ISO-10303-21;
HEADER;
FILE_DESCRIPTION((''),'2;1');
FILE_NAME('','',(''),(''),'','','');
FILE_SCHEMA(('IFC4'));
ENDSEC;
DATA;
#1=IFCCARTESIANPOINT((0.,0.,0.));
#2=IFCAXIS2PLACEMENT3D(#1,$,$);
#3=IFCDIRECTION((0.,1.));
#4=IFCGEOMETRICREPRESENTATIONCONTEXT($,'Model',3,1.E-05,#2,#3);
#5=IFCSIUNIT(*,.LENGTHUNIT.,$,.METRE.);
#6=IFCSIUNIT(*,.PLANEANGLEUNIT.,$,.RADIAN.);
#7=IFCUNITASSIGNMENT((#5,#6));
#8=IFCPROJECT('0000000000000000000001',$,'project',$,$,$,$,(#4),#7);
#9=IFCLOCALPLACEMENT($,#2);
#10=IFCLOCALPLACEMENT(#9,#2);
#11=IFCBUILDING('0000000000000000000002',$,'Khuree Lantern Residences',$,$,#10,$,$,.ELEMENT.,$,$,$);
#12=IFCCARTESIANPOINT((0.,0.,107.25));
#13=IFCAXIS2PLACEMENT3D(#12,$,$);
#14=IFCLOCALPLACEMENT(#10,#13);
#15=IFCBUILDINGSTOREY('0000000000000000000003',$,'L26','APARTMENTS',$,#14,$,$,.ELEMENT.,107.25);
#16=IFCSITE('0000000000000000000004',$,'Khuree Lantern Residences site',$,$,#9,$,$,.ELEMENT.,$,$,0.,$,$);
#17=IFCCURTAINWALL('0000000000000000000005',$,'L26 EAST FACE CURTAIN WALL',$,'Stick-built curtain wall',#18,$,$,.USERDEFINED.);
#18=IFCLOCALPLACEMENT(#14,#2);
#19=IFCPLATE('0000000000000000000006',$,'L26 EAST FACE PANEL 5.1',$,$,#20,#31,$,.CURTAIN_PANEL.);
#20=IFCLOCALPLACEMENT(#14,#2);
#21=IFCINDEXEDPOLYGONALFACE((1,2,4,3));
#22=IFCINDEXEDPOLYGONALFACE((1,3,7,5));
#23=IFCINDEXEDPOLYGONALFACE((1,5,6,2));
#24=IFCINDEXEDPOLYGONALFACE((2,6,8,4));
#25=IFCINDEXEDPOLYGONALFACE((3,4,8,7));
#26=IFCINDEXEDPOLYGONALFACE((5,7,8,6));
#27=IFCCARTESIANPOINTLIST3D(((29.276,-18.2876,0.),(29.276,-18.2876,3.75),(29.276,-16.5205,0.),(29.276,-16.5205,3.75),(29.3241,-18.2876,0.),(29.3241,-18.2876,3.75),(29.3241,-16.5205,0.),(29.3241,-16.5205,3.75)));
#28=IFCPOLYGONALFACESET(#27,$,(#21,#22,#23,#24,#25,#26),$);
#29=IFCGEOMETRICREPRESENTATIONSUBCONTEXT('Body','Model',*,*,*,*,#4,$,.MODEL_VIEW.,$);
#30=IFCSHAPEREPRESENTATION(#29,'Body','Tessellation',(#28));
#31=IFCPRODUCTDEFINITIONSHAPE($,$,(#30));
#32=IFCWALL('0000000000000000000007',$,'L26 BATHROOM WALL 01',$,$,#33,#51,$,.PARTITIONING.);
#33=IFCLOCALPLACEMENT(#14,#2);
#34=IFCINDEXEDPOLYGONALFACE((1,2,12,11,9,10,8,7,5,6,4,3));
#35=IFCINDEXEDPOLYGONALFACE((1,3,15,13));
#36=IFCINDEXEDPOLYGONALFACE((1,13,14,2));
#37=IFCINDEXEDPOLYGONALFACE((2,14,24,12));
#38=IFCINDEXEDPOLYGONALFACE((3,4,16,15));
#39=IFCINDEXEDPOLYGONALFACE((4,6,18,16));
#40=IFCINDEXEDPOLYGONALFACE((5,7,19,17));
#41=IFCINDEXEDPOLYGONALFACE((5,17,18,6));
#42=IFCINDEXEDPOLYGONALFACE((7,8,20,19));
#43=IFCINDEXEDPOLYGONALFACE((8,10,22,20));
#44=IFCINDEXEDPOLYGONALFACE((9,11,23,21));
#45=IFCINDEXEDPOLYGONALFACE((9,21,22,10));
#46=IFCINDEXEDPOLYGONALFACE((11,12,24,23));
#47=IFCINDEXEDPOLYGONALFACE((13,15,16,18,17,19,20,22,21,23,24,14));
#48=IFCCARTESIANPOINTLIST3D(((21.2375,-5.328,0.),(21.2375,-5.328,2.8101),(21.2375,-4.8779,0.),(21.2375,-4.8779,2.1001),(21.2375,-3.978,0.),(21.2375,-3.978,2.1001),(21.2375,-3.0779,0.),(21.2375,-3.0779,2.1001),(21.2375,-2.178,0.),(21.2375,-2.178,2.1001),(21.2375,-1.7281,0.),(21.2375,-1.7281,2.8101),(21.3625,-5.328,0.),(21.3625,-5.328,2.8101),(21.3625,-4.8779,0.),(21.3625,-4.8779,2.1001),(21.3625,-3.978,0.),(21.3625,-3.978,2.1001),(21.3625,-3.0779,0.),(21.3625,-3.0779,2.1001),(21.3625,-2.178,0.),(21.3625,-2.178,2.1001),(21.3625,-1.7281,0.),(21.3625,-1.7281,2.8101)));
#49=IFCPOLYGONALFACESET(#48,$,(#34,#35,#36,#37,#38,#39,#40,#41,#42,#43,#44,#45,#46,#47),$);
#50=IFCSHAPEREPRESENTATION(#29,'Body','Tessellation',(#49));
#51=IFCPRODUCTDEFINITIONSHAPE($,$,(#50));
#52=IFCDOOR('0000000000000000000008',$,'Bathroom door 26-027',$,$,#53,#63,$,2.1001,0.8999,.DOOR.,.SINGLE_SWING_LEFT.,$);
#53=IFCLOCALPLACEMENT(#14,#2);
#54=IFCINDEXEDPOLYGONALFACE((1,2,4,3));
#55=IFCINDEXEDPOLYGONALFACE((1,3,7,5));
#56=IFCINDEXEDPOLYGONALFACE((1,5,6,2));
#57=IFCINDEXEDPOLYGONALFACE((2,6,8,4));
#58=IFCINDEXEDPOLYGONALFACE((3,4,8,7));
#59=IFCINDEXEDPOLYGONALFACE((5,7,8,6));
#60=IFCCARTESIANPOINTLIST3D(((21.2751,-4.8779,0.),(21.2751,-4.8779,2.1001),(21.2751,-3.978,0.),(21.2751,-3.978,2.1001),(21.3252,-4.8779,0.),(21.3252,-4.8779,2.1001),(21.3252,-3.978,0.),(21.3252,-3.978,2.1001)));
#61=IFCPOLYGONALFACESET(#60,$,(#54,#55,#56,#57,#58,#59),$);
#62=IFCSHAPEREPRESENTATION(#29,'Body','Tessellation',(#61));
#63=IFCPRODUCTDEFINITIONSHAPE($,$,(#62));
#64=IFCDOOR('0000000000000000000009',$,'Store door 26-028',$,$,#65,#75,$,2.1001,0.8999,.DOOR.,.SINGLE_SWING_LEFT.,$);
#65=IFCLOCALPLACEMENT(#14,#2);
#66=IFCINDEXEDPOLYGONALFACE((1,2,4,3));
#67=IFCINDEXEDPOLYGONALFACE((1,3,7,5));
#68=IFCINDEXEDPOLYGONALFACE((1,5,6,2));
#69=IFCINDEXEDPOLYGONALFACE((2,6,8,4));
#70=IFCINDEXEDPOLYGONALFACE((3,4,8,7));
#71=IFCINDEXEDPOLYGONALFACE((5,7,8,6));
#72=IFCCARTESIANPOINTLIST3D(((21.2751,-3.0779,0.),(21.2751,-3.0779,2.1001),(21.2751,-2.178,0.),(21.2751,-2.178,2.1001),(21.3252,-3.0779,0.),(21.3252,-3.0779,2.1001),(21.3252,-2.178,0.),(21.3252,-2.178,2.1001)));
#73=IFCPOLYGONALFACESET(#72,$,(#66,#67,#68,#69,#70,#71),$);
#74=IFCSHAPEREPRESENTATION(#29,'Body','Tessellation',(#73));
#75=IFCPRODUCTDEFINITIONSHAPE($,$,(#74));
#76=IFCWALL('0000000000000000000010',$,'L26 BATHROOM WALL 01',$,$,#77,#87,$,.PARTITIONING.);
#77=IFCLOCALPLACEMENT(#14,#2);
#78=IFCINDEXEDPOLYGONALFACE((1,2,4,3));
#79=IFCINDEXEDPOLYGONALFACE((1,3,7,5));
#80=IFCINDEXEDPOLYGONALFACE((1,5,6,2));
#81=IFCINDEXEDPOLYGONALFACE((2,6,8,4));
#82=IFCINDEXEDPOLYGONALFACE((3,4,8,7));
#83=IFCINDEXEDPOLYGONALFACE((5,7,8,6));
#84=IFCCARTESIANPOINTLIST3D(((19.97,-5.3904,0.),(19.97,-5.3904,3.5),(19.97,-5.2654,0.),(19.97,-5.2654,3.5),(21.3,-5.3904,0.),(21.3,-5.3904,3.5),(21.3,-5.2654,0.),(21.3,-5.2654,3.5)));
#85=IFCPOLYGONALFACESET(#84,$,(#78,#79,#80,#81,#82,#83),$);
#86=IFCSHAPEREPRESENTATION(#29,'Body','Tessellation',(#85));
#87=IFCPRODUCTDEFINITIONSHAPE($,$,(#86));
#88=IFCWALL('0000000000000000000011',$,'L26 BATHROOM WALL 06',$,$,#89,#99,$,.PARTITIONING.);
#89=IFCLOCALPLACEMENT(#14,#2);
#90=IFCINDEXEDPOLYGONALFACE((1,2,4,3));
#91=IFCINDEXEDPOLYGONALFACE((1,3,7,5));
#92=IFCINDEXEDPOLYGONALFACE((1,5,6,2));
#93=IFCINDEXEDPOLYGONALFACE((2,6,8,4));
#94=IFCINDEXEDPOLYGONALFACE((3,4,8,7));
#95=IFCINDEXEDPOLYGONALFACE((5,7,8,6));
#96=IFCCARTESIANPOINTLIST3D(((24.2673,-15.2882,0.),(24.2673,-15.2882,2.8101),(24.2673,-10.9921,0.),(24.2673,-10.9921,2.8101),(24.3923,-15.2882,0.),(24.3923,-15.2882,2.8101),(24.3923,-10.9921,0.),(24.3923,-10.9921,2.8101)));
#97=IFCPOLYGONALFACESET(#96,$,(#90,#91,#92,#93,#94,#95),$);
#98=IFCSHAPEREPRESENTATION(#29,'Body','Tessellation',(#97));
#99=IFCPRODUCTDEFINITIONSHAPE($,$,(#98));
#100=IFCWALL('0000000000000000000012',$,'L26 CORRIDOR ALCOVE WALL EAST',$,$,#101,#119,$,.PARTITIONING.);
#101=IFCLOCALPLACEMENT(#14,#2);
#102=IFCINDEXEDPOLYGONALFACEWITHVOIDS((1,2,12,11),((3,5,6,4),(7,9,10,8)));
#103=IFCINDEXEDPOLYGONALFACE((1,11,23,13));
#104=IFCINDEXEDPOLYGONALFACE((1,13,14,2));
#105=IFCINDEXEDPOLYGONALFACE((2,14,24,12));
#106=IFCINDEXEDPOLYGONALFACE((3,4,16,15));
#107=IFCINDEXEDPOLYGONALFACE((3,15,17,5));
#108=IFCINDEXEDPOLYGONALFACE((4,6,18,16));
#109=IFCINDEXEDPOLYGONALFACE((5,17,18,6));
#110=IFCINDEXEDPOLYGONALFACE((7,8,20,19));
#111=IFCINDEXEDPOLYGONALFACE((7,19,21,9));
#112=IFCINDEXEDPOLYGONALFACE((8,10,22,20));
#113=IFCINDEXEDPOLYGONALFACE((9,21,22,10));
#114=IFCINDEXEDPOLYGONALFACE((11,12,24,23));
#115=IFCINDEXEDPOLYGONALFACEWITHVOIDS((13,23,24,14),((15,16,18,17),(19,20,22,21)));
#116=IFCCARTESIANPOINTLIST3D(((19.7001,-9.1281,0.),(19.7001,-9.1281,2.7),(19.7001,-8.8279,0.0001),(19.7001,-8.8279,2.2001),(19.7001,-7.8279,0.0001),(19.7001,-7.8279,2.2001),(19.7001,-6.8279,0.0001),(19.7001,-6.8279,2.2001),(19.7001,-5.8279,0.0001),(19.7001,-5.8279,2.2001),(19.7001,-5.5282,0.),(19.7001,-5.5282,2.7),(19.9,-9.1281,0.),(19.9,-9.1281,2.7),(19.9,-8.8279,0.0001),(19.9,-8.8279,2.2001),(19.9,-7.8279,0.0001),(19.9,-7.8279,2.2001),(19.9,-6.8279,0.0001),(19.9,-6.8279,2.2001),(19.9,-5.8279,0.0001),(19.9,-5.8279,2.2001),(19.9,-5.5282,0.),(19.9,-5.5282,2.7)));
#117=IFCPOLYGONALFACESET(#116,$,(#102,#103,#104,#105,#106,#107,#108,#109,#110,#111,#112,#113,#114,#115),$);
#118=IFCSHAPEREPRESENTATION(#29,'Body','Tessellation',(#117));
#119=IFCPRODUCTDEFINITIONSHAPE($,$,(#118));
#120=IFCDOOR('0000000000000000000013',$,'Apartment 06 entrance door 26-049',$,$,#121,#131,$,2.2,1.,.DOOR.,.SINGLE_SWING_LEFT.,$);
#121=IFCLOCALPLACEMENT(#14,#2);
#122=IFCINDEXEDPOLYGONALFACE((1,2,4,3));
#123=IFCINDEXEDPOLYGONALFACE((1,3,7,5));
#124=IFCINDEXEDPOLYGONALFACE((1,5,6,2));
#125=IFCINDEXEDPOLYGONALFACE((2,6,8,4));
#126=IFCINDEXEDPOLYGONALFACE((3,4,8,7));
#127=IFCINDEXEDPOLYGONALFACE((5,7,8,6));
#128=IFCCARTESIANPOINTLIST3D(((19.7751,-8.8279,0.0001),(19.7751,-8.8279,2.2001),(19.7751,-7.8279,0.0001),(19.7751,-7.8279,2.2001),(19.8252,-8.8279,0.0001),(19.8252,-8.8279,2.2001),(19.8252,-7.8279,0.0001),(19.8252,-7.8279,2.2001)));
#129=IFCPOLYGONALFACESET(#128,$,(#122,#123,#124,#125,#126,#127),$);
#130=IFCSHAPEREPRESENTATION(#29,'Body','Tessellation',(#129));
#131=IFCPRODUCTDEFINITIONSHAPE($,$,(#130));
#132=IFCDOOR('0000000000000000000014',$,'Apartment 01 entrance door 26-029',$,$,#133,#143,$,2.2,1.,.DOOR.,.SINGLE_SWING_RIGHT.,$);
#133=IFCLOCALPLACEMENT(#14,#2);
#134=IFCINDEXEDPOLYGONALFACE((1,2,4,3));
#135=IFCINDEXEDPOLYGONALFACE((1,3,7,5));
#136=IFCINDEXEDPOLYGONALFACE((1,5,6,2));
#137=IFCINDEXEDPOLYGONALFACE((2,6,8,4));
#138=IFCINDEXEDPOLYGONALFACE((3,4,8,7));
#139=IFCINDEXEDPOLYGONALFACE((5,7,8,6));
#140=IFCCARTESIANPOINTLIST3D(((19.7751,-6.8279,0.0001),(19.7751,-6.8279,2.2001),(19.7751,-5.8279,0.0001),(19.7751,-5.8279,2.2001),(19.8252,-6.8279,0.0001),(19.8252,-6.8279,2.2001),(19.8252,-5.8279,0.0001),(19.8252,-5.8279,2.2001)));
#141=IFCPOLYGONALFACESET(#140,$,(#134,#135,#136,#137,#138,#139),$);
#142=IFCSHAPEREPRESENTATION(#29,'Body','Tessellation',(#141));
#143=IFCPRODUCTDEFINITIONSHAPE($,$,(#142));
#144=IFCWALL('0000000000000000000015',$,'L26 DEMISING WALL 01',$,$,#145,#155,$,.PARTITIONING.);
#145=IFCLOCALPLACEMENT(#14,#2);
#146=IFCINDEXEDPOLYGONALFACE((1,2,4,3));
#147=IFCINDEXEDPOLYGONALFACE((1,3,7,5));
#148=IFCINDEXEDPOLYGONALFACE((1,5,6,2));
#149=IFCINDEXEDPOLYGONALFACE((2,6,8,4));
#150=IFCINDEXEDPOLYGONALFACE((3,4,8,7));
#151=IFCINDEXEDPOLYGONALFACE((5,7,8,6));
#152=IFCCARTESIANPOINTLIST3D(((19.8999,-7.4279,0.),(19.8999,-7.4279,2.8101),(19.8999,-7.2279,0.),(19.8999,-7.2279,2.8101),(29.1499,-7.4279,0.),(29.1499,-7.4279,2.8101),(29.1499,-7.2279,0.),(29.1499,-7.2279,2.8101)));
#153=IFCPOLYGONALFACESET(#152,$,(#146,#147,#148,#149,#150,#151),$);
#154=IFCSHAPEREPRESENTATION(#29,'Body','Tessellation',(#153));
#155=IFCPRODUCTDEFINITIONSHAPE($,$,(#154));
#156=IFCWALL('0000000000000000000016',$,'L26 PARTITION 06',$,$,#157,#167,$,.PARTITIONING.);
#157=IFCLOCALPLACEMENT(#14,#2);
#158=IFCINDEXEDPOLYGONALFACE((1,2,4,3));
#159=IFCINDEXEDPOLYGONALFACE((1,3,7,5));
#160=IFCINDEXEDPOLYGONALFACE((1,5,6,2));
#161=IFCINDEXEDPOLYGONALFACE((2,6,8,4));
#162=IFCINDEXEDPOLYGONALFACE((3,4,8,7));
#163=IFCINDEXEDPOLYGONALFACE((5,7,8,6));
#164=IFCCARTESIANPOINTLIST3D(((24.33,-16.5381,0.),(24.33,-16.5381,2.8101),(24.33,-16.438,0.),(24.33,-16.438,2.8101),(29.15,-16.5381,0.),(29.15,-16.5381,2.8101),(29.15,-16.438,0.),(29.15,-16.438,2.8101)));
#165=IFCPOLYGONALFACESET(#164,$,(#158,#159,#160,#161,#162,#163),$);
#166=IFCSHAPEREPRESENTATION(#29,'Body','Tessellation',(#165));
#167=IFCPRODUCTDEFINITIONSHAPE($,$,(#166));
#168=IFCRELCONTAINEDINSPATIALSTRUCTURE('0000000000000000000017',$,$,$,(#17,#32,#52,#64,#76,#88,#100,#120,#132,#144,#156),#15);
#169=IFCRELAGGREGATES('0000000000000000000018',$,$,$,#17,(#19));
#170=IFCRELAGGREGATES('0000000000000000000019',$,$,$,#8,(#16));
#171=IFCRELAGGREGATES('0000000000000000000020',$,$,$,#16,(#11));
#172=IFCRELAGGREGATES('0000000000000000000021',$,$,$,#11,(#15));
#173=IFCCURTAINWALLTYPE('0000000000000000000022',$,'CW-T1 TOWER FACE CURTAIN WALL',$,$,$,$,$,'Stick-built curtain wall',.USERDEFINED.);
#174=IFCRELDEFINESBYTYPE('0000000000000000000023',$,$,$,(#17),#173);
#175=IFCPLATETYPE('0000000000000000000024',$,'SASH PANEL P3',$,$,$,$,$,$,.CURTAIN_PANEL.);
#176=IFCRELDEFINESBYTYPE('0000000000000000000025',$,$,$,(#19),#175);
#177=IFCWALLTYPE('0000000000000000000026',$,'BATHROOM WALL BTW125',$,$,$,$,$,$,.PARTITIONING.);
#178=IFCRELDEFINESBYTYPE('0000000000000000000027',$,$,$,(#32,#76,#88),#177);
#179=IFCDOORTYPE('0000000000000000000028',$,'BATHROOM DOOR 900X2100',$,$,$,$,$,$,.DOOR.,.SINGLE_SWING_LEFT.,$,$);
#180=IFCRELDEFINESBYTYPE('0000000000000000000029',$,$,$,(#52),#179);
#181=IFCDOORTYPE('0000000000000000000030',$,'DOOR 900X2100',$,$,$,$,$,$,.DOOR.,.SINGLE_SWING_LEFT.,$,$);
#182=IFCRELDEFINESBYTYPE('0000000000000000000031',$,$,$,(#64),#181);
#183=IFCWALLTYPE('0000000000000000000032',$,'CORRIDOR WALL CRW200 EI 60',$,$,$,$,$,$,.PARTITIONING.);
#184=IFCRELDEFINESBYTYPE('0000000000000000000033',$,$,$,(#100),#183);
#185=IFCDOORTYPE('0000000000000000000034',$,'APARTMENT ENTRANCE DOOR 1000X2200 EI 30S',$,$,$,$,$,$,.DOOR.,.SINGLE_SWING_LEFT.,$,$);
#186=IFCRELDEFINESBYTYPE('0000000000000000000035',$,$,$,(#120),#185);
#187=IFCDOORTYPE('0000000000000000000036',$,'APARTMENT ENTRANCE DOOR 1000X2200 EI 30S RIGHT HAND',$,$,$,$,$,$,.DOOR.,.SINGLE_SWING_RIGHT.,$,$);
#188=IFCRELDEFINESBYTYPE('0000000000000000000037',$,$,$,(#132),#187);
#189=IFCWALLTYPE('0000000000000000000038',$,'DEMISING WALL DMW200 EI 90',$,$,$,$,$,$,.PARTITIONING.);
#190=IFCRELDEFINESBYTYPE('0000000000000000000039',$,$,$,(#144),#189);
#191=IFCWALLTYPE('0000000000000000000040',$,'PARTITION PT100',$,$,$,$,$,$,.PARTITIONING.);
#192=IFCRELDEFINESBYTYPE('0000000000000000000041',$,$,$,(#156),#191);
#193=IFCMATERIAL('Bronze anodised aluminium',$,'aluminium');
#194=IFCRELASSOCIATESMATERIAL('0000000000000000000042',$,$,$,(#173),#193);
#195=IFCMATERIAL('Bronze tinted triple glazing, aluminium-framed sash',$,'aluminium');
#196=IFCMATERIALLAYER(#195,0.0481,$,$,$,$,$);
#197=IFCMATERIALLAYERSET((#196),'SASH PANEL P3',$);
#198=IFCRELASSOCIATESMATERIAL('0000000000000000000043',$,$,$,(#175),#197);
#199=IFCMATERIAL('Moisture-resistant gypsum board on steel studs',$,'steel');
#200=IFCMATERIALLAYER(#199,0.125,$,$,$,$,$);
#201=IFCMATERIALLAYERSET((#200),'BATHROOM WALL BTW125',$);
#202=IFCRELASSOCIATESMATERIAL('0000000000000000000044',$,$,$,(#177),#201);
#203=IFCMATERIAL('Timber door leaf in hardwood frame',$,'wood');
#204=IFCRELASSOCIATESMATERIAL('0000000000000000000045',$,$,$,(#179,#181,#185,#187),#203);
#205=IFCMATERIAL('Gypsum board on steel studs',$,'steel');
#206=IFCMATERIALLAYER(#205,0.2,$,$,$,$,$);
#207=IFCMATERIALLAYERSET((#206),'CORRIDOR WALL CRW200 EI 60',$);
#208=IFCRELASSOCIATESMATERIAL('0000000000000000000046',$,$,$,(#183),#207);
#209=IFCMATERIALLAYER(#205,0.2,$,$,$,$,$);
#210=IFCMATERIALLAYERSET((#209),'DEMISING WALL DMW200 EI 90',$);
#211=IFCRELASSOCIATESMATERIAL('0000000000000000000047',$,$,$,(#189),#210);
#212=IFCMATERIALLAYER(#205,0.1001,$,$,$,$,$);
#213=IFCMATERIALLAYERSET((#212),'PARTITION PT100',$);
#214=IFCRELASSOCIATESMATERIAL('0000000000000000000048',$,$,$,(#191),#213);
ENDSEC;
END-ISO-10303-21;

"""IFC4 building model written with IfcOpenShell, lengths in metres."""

from ifc_helpers import new_model, si_unit, direction, frame, frame_2d, origin, origin_2d, place, context, subcontext, project, spatial, rectangle, extrude, material, layer, layer_set, type_object, element, fill, aggregate, save


model = new_model("IFC4")

# Units and contexts
model_context = context("Model", 3, precision=1e-05, world=origin(), true_north=direction((0.0, 1.0)))
body_context = subcontext(model_context, "Body", "Model", "MODEL_VIEW")
ifc_project = project(units=[si_unit("LENGTHUNIT", "METRE"), si_unit("PLANEANGLEUNIT", "RADIAN")], contexts=[model_context])

# Site, building, storey
site_placement = place(None, origin())
site = spatial("IfcSite", under=ifc_project, at=site_placement, Name="Khuree Lantern Residences site", CompositionType="ELEMENT", RefElevation=0.0)
building_placement = place(site_placement, origin())
building = spatial("IfcBuilding", under=site, at=building_placement, Name="Khuree Lantern Residences", CompositionType="ELEMENT")
storey_placement = place(building_placement, frame((0.0, 0.0, 107.25)))
storey = spatial("IfcBuildingStorey", under=building, at=storey_placement, Name="L26", Description="APARTMENTS", CompositionType="ELEMENT", Elevation=107.25)

# Curtain wall
ifc_material_1 = material(Name="Bronze anodised aluminium", Category="aluminium")
curtain_wall_type = type_object("IfcCurtainWallType", Name="CW-T1 TOWER FACE CURTAIN WALL", ElementType="Stick-built curtain wall", PredefinedType="USERDEFINED", material=ifc_material_1)
curtain_wall_placement = place(storey_placement, origin())
curtain_wall = element("IfcCurtainWall", 1, at=curtain_wall_placement, inside=storey, type_object=curtain_wall_type, Name="L26 EAST FACE CURTAIN WALL", ObjectType="Stick-built curtain wall", PredefinedType="USERDEFINED")

# Plate
ifc_material_2 = material(Name="Bronze tinted triple glazing, aluminium-framed sash", Category="aluminium")
ifc_layer_1 = layer(ifc_material_2, 0.0481)
ifc_layer_set_1 = layer_set([ifc_layer_1], Name="SASH PANEL P3")
plate_type_1 = type_object("IfcPlateType", Name="SASH PANEL P3", PredefinedType="CURTAIN_PANEL", material=ifc_layer_set_1)
plate_1_placement = place(storey_placement, frame((29.3, -17.4041, 0.0), z_axis=(0.0, 0.0, 1.0), x_axis=(0.0, 1.0, 0.0)))
plate_1 = element("IfcPlate", 2, at=plate_1_placement, type_object=plate_type_1, Name="L26 EAST FACE PANEL 5.1", PredefinedType="CURTAIN_PANEL", context=body_context, shape_type="SweptSolid", body=[
    extrude(rectangle(XDim=1.7671, YDim=0.0481, at=origin_2d()), origin(), (0.0, 0.0, 1.0), 3.75),
])
aggregate(curtain_wall, [plate_1])

# Wall, openings, doors
ifc_material_3 = material(Name="Moisture-resistant gypsum board on steel studs", Category="steel")
ifc_layer_2 = layer(ifc_material_3, 0.125)
ifc_layer_set_2 = layer_set([ifc_layer_2], Name="BATHROOM WALL BTW125")
wall_type_1 = type_object("IfcWallType", Name="BATHROOM WALL BTW125", PredefinedType="PARTITIONING", material=ifc_layer_set_2)
wall_1_placement = place(storey_placement, frame((21.3, -5.3279, 0.0), z_axis=(0.0, 0.0, 1.0), x_axis=(0.0, 1.0, 0.0)))
wall_1 = element("IfcWall", 3, at=wall_1_placement, inside=storey, type_object=wall_type_1, Name="L26 BATHROOM WALL 01", PredefinedType="PARTITIONING", context=body_context, shape_type="SweptSolid", body=[
    extrude(rectangle(XDim=3.5999, YDim=0.125, at=frame_2d((1.7998, 0.0))), origin(), (0.0, 0.0, 1.0), 2.8101),
])
opening_1_placement = place(wall_1_placement, frame((0.45, 0.0, 0.0)))
opening_1 = element("IfcOpeningElement", 4, at=opening_1_placement, cuts=wall_1, PredefinedType="OPENING", context=body_context, shape_type="SweptSolid", body=[
    extrude(rectangle(XDim=0.8999, YDim=2.1001, at=frame_2d((0.45, 1.05))), frame((0.0, 0.0725, 0.0), z_axis=(0.0, -1.0, 0.0), x_axis=(1.0, 0.0, 0.0)), (0.0, 0.0, 1.0), 0.145),
])
opening_2_placement = place(wall_1_placement, frame((2.25, 0.0, 0.0)))
opening_2 = element("IfcOpeningElement", 5, at=opening_2_placement, cuts=wall_1, PredefinedType="OPENING", context=body_context, shape_type="SweptSolid", body=[
    extrude(rectangle(XDim=0.8999, YDim=2.1001, at=frame_2d((0.45, 1.05))), frame((0.0, 0.0725, 0.0), z_axis=(0.0, -1.0, 0.0), x_axis=(1.0, 0.0, 0.0)), (0.0, 0.0, 1.0), 0.145),
])
ifc_material_4 = material(Name="Timber door leaf in hardwood frame", Category="wood")
door_type_1 = type_object("IfcDoorType", Name="BATHROOM DOOR 900X2100", OperationType="SINGLE_SWING_LEFT", PredefinedType="DOOR", material=ifc_material_4)
door_1_placement = place(opening_1_placement, origin())
door_1 = element("IfcDoor", 6, at=door_1_placement, inside=storey, type_object=door_type_1, Name="Bathroom door 26-027", OperationType="SINGLE_SWING_LEFT", OverallHeight=2.1001, OverallWidth=0.8999, PredefinedType="DOOR", context=body_context, shape_type="SweptSolid", body=[
    extrude(rectangle(XDim=0.8999, YDim=2.1001, at=frame_2d((0.45, 1.05))), frame((0.0, 0.0249, 0.0), z_axis=(0.0, -1.0, 0.0), x_axis=(1.0, 0.0, 0.0)), (0.0, 0.0, 1.0), 0.05),
])
fill(opening_1, door_1)
door_type_2 = type_object("IfcDoorType", Name="DOOR 900X2100", OperationType="SINGLE_SWING_LEFT", PredefinedType="DOOR", material=ifc_material_4)
door_2_placement = place(opening_2_placement, origin())
door_2 = element("IfcDoor", 7, at=door_2_placement, inside=storey, type_object=door_type_2, Name="Store door 26-028", OperationType="SINGLE_SWING_LEFT", OverallHeight=2.1001, OverallWidth=0.8999, PredefinedType="DOOR", context=body_context, shape_type="SweptSolid", body=[
    extrude(rectangle(XDim=0.8999, YDim=2.1001, at=frame_2d((0.45, 1.05))), frame((0.0, 0.0249, 0.0), z_axis=(0.0, -1.0, 0.0), x_axis=(1.0, 0.0, 0.0)), (0.0, 0.0, 1.0), 0.05),
])
fill(opening_2, door_2)

# Walls
wall_2_placement = place(storey_placement, frame((19.97, -5.3279, 0.0), z_axis=(0.0, 0.0, 1.0), x_axis=(1.0, 0.0, 0.0)))
element("IfcWall", 8, at=wall_2_placement, inside=storey, type_object=wall_type_1, Name="L26 BATHROOM WALL 01", PredefinedType="PARTITIONING", context=body_context, shape_type="SweptSolid", body=[
    extrude(rectangle(XDim=1.3301, YDim=0.125, at=frame_2d((0.665, 0.0))), origin(), (0.0, 0.0, 1.0), 3.5),
])
wall_3_placement = place(storey_placement, frame((24.3298, -15.2881, 0.0), z_axis=(0.0, 0.0, 1.0), x_axis=(0.0, 1.0, 0.0)))
element("IfcWall", 9, at=wall_3_placement, inside=storey, type_object=wall_type_1, Name="L26 BATHROOM WALL 06", PredefinedType="PARTITIONING", context=body_context, shape_type="SweptSolid", body=[
    extrude(rectangle(XDim=4.2961, YDim=0.125, at=frame_2d((2.1479, 0.0))), origin(), (0.0, 0.0, 1.0), 2.8101),
])

# Wall, openings, doors
ifc_material_5 = material(Name="Gypsum board on steel studs", Category="steel")
ifc_layer_3 = layer(ifc_material_5, 0.2)
ifc_layer_set_3 = layer_set([ifc_layer_3], Name="CORRIDOR WALL CRW200 EI 60")
wall_type_2 = type_object("IfcWallType", Name="CORRIDOR WALL CRW200 EI 60", PredefinedType="PARTITIONING", material=ifc_layer_set_3)
wall_4_placement = place(storey_placement, frame((19.8, -9.1279, 0.0), z_axis=(0.0, 0.0, 1.0), x_axis=(0.0, 1.0, 0.0)))
wall_4 = element("IfcWall", 10, at=wall_4_placement, inside=storey, type_object=wall_type_2, Name="L26 CORRIDOR ALCOVE WALL EAST", PredefinedType="PARTITIONING", context=body_context, shape_type="SweptSolid", body=[
    extrude(rectangle(XDim=3.5999, YDim=0.2, at=frame_2d((1.7998, 0.0))), origin(), (0.0, 0.0, 1.0), 2.7),
])
opening_3_placement = place(wall_4_placement, frame((2.3, 0.0, 0.0)))
opening_3 = element("IfcOpeningElement", 11, at=opening_3_placement, cuts=wall_4, PredefinedType="OPENING", context=body_context, shape_type="SweptSolid", body=[
    extrude(rectangle(XDim=1.0, YDim=2.2, at=frame_2d((0.5, 1.1001))), frame((0.0, 0.1099, 0.0), z_axis=(0.0, -1.0, 0.0), x_axis=(1.0, 0.0, 0.0)), (0.0, 0.0, 1.0), 0.22),
])
opening_4_placement = place(wall_4_placement, frame((0.3, 0.0, 0.0)))
opening_4 = element("IfcOpeningElement", 12, at=opening_4_placement, cuts=wall_4, PredefinedType="OPENING", context=body_context, shape_type="SweptSolid", body=[
    extrude(rectangle(XDim=1.0, YDim=2.2, at=frame_2d((0.5, 1.1001))), frame((0.0, 0.1099, 0.0), z_axis=(0.0, -1.0, 0.0), x_axis=(1.0, 0.0, 0.0)), (0.0, 0.0, 1.0), 0.22),
])
door_type_3 = type_object("IfcDoorType", Name="APARTMENT ENTRANCE DOOR 1000X2200 EI 30S", OperationType="SINGLE_SWING_LEFT", PredefinedType="DOOR", material=ifc_material_4)
door_3_placement = place(opening_4_placement, origin())
door_3 = element("IfcDoor", 13, at=door_3_placement, inside=storey, type_object=door_type_3, Name="Apartment 06 entrance door 26-049", OperationType="SINGLE_SWING_LEFT", OverallHeight=2.2, OverallWidth=1.0, PredefinedType="DOOR", context=body_context, shape_type="SweptSolid", body=[
    extrude(rectangle(XDim=1.0, YDim=2.2, at=frame_2d((0.5, 1.1001))), frame((0.0, 0.0249, 0.0), z_axis=(0.0, -1.0, 0.0), x_axis=(1.0, 0.0, 0.0)), (0.0, 0.0, 1.0), 0.05),
])
fill(opening_4, door_3)
door_type_4 = type_object("IfcDoorType", Name="APARTMENT ENTRANCE DOOR 1000X2200 EI 30S RIGHT HAND", OperationType="SINGLE_SWING_RIGHT", PredefinedType="DOOR", material=ifc_material_4)
door_4_placement = place(opening_3_placement, origin())
door_4 = element("IfcDoor", 14, at=door_4_placement, inside=storey, type_object=door_type_4, Name="Apartment 01 entrance door 26-029", OperationType="SINGLE_SWING_RIGHT", OverallHeight=2.2, OverallWidth=1.0, PredefinedType="DOOR", context=body_context, shape_type="SweptSolid", body=[
    extrude(rectangle(XDim=1.0, YDim=2.2, at=frame_2d((0.5, 1.1001))), frame((0.0, 0.0249, 0.0), z_axis=(0.0, -1.0, 0.0), x_axis=(1.0, 0.0, 0.0)), (0.0, 0.0, 1.0), 0.05),
])
fill(opening_3, door_4)

# Walls
ifc_layer_4 = layer(ifc_material_5, 0.2)
ifc_layer_set_4 = layer_set([ifc_layer_4], Name="DEMISING WALL DMW200 EI 90")
wall_type_3 = type_object("IfcWallType", Name="DEMISING WALL DMW200 EI 90", PredefinedType="PARTITIONING", material=ifc_layer_set_4)
wall_5_placement = place(storey_placement, frame((19.8999, -7.3279, 0.0), z_axis=(0.0, 0.0, 1.0), x_axis=(1.0, 0.0, 0.0)))
element("IfcWall", 15, at=wall_5_placement, inside=storey, type_object=wall_type_3, Name="L26 DEMISING WALL 01", PredefinedType="PARTITIONING", context=body_context, shape_type="SweptSolid", body=[
    extrude(rectangle(XDim=9.25, YDim=0.2, at=frame_2d((4.625, 0.0))), origin(), (0.0, 0.0, 1.0), 2.8101),
])
ifc_layer_5 = layer(ifc_material_5, 0.1001)
ifc_layer_set_5 = layer_set([ifc_layer_5], Name="PARTITION PT100")
wall_type_4 = type_object("IfcWallType", Name="PARTITION PT100", PredefinedType="PARTITIONING", material=ifc_layer_set_5)
for number, where, z_axis, x_axis, name in (
    (16, (24.3298, -16.488, 0.0), (0.0, 0.0, 1.0), (1.0, 0.0, 0.0), "L26 PARTITION 06"),
):
    element("IfcWall", number, at=place(storey_placement, frame(where, z_axis=z_axis, x_axis=x_axis)), inside=storey, type_object=wall_type_4, Name=name, PredefinedType="PARTITIONING", context=body_context, shape_type="SweptSolid", body=[
        extrude(rectangle(XDim=4.8201, YDim=0.1001, at=frame_2d((2.4102, 0.0))), origin(), (0.0, 0.0, 1.0), 2.8101),
    ])

save(model, "model.ifc")
